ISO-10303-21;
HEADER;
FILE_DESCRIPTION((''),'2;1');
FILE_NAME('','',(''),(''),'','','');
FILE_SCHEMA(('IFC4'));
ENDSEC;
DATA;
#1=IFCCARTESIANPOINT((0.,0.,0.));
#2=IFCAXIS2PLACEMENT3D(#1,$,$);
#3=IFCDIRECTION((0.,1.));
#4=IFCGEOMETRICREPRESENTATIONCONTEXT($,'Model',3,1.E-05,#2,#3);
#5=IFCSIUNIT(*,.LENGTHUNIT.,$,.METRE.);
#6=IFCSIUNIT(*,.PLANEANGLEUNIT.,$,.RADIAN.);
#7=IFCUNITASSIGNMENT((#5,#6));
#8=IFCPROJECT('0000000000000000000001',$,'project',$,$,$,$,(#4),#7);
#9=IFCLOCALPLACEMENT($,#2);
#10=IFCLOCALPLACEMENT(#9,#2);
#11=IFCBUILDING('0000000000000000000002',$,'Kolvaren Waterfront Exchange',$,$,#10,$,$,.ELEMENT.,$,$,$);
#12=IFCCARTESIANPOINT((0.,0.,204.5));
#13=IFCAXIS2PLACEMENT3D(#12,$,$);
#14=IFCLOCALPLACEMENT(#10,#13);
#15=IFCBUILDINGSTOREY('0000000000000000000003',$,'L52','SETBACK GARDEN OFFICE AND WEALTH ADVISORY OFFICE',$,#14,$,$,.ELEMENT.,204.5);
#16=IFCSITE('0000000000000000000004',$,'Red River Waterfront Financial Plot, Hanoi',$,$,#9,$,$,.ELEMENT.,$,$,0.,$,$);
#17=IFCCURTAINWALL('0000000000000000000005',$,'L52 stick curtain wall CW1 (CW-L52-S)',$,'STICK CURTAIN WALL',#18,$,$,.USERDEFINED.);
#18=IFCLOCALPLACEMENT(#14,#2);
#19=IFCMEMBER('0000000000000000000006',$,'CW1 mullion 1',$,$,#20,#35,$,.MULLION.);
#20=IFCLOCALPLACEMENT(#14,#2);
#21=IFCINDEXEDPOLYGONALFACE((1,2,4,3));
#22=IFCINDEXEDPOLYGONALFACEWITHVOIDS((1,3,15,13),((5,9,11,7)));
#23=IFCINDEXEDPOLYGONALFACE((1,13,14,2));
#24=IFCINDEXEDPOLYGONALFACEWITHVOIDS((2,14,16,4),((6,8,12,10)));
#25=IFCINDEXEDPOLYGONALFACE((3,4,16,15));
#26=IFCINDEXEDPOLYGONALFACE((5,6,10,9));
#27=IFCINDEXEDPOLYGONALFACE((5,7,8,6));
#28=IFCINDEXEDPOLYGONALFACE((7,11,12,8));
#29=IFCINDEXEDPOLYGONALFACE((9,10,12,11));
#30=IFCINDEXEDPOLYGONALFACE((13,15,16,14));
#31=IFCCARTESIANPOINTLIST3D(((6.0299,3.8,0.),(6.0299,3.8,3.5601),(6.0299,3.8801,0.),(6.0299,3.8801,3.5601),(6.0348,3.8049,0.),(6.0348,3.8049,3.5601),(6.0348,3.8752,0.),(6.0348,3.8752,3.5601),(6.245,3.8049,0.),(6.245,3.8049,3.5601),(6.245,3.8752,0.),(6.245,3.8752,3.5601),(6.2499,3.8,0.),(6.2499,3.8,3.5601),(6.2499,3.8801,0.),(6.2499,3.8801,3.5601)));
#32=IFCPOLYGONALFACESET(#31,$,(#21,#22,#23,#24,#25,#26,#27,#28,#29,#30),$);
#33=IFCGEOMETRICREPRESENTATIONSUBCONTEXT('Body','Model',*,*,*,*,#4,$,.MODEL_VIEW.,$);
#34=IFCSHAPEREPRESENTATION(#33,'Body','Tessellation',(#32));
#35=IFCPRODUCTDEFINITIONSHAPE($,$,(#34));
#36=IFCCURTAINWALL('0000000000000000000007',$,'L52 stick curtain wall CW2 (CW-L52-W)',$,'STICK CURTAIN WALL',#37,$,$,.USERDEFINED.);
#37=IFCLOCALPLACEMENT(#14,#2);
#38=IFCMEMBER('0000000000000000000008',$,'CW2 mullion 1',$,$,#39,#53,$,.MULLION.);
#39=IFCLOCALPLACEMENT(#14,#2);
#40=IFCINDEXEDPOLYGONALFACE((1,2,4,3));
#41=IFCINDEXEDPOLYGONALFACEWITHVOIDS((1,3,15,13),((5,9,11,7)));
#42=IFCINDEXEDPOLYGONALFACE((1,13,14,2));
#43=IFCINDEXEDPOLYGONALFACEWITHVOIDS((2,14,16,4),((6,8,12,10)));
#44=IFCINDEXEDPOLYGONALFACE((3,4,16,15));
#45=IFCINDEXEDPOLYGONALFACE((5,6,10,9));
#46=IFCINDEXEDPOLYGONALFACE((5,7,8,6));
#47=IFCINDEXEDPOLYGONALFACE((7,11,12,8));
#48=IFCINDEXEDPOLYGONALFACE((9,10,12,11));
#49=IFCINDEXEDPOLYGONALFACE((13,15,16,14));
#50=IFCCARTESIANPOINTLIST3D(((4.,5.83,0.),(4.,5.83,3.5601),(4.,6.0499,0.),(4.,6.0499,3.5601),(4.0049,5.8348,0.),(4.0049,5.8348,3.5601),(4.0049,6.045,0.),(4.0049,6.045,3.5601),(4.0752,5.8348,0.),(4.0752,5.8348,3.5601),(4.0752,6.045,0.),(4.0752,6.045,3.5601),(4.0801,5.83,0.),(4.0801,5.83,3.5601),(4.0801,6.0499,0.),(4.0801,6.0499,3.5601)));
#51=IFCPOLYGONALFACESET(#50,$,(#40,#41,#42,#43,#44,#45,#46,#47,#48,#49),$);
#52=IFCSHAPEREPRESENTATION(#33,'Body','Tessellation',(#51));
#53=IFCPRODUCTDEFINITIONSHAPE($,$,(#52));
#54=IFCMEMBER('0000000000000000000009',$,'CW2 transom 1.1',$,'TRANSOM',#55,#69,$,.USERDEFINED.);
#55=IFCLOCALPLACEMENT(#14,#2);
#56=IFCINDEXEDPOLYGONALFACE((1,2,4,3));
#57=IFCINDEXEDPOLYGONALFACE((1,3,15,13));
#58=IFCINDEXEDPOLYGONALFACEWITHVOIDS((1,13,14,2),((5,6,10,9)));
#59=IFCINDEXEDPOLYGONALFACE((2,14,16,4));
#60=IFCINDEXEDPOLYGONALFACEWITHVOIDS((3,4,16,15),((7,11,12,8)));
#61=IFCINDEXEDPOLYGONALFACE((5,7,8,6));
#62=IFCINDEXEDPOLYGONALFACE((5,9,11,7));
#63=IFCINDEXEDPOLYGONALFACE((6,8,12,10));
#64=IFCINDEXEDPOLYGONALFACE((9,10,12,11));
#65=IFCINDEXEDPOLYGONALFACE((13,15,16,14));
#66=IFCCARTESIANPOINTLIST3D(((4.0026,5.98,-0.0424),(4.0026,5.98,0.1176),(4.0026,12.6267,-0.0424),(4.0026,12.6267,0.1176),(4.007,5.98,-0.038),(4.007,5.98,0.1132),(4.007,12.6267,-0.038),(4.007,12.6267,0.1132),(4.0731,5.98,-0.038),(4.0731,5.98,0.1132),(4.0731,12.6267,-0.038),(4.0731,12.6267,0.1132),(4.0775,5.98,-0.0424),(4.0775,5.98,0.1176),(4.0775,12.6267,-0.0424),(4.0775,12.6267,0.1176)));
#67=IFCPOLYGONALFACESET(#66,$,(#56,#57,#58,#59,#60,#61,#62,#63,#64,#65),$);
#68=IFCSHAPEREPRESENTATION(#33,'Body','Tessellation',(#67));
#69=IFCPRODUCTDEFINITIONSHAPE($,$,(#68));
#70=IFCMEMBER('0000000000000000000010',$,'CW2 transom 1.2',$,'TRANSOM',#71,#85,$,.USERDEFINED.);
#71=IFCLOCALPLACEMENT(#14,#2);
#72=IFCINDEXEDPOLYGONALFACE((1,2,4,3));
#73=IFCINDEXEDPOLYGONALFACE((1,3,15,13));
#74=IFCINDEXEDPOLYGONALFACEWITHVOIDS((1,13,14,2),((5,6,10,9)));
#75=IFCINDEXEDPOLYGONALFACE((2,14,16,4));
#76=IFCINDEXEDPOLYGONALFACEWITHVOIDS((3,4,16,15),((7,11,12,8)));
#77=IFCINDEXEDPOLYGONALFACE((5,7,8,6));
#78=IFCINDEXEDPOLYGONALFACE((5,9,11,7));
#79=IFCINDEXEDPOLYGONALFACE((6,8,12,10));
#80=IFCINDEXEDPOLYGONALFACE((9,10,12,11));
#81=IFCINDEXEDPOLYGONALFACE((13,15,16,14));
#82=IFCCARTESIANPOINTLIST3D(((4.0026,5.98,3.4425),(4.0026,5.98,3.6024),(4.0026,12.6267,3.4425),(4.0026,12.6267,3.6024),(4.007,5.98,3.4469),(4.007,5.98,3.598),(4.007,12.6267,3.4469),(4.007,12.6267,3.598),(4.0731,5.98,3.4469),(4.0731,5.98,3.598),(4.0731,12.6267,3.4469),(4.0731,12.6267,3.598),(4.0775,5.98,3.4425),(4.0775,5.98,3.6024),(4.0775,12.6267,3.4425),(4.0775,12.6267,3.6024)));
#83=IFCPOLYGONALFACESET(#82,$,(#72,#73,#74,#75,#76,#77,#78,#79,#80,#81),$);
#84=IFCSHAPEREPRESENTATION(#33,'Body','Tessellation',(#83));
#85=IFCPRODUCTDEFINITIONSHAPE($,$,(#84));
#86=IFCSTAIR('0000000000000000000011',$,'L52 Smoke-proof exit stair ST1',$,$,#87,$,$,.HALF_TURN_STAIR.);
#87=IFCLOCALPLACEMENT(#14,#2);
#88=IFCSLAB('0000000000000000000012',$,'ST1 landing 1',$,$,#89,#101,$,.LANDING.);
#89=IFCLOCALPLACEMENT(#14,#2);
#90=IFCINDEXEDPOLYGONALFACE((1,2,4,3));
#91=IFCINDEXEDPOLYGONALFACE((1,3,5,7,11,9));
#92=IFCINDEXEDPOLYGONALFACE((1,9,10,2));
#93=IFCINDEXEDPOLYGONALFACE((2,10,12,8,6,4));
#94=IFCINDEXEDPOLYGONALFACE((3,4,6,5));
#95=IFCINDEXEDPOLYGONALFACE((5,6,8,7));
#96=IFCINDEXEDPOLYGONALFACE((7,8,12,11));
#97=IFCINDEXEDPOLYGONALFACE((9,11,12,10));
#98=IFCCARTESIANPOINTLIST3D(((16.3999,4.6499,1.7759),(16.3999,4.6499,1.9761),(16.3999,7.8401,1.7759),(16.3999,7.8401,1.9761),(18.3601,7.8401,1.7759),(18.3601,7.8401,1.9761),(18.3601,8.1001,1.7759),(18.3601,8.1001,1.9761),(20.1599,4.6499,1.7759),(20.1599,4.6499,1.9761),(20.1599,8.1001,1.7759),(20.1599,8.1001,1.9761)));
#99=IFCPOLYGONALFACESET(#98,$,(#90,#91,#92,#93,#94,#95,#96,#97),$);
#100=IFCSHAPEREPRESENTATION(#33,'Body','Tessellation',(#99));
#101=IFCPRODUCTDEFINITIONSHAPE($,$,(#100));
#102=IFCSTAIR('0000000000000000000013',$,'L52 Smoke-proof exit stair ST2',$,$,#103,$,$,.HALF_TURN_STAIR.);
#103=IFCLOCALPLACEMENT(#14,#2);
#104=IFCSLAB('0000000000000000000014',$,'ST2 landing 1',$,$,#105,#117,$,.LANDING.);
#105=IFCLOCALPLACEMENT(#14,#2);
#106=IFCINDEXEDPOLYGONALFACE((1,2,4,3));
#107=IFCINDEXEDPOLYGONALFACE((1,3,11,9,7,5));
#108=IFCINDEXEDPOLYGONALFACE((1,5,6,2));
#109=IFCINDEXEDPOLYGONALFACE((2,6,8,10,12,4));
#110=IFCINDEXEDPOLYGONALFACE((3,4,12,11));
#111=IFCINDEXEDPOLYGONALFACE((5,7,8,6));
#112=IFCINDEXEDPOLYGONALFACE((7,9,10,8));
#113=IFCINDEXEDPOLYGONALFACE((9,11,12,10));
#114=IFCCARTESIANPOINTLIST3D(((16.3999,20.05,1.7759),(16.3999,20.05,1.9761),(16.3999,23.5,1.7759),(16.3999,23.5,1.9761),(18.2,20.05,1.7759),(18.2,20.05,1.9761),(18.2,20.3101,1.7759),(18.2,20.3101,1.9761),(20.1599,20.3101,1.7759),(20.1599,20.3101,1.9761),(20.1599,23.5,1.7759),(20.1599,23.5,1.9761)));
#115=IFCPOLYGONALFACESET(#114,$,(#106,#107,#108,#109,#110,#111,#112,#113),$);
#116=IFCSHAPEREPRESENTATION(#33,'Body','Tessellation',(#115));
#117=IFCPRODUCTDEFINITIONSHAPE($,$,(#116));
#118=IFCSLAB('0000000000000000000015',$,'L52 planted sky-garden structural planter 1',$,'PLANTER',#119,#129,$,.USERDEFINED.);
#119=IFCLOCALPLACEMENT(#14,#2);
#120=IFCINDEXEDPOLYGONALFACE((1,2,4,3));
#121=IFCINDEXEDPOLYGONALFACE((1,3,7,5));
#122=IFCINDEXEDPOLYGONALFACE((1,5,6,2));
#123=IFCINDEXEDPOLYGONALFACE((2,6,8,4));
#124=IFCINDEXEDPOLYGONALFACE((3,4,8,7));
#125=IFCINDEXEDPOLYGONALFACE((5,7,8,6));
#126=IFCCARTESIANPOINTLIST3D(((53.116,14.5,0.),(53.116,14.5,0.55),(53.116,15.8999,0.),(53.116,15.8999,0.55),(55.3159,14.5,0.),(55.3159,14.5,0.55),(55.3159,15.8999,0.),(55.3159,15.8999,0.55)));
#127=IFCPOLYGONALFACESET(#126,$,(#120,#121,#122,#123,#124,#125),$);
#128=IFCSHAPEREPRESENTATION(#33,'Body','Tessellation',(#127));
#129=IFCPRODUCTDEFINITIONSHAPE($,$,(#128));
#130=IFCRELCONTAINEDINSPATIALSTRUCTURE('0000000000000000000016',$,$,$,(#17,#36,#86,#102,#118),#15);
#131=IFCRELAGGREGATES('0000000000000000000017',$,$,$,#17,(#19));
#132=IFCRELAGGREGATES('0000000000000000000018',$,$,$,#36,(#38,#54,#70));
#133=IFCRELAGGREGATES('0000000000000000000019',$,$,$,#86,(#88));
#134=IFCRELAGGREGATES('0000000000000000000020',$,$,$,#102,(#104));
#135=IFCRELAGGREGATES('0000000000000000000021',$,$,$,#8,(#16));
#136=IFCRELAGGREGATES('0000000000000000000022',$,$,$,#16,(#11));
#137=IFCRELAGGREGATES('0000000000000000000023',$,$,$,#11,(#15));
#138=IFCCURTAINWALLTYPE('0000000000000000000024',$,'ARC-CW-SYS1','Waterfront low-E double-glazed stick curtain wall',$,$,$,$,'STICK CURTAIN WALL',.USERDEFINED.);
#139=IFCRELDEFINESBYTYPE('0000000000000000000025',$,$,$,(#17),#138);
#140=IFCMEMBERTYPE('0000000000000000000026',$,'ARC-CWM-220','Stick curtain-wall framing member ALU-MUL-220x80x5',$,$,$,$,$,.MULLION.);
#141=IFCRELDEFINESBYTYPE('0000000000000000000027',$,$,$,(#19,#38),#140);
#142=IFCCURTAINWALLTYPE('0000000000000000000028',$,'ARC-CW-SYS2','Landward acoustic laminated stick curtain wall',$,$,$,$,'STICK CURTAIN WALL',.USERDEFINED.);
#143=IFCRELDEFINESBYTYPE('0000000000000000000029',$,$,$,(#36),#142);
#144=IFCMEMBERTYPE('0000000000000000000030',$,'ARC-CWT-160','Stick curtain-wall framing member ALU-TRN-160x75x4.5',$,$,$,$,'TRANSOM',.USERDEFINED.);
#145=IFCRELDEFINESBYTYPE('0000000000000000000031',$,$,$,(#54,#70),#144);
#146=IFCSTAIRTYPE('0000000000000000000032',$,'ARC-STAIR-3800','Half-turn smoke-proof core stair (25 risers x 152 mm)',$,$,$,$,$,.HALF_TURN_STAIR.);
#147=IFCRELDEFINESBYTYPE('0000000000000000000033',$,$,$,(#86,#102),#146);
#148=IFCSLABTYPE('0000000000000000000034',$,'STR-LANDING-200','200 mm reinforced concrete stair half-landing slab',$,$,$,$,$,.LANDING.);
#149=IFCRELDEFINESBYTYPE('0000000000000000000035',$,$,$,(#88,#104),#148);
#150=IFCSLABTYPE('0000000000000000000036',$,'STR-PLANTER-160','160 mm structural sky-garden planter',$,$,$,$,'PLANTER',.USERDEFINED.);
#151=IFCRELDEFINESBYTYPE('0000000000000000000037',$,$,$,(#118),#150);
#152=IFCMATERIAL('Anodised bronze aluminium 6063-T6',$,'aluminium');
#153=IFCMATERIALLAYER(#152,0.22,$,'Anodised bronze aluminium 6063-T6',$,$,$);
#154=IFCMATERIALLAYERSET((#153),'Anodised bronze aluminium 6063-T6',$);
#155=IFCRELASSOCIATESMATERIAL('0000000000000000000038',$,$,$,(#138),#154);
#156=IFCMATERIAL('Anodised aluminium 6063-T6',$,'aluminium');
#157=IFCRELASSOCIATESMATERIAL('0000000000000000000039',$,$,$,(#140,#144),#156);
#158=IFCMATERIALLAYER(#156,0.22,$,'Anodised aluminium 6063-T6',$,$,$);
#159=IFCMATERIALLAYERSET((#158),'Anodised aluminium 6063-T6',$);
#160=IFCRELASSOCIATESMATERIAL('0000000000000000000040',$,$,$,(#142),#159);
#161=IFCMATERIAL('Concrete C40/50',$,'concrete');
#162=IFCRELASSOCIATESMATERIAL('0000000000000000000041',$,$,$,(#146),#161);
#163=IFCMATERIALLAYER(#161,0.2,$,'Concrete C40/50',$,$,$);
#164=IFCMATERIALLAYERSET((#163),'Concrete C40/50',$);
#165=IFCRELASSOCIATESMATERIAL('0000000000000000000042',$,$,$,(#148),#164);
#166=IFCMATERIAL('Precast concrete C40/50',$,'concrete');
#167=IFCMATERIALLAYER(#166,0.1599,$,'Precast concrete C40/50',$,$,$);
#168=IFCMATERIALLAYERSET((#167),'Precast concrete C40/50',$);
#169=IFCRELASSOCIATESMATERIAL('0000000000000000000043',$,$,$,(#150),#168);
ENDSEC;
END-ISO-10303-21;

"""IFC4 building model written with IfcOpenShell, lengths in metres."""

from ifc_helpers import new_model, si_unit, direction, frame, origin, origin_with_axes, origin_2d, place, context, subcontext, project, spatial, polyline, hollow_rectangle, outline, extrude, source, transform, mapped, material, layer, layer_set, material_profile, profile_set, type_object, element, aggregate, save


model = new_model("IFC4")

# Units and contexts
model_context = context("Model", 3, precision=1e-05, world=origin(), true_north=direction((0.0, 1.0)))
body_context = subcontext(model_context, "Body", "Model", "MODEL_VIEW")
ifc_project = project(units=[si_unit("LENGTHUNIT", "METRE"), si_unit("PLANEANGLEUNIT", "RADIAN")], contexts=[model_context])

# Site, building, storey
site_placement = place(None, origin())
site = spatial("IfcSite", under=ifc_project, at=site_placement, Name="Red River Waterfront Financial Plot, Hanoi", CompositionType="ELEMENT", RefElevation=0.0)
building_placement = place(site_placement, origin())
building = spatial("IfcBuilding", under=site, at=building_placement, Name="Kolvaren Waterfront Exchange", CompositionType="ELEMENT")
storey_placement = place(building_placement, frame((0.0, 0.0, 204.5)))
storey = spatial("IfcBuildingStorey", under=building, at=storey_placement, Name="L52", Description="SETBACK GARDEN OFFICE AND WEALTH ADVISORY OFFICE", CompositionType="ELEMENT", Elevation=204.5)

# Curtain wall, member
ifc_material_1 = material(Name="Anodised bronze aluminium 6063-T6", Category="aluminium")
ifc_layer_1 = layer(ifc_material_1, 0.22, Name="Anodised bronze aluminium 6063-T6")
ifc_layer_set_1 = layer_set([ifc_layer_1], Name="Anodised bronze aluminium 6063-T6")
curtain_wall_type_1 = type_object("IfcCurtainWallType", Name="ARC-CW-SYS1", Description="Waterfront low-E double-glazed stick curtain wall", ElementType="STICK CURTAIN WALL", PredefinedType="USERDEFINED", material=ifc_layer_set_1)
curtain_wall_1_placement = place(storey_placement, origin())
curtain_wall_1 = element("IfcCurtainWall", 1, at=curtain_wall_1_placement, inside=storey, type_object=curtain_wall_type_1, Name="L52 stick curtain wall CW1 (CW-L52-S)", ObjectType="STICK CURTAIN WALL", PredefinedType="USERDEFINED")
ifc_material_2 = material(Name="Anodised aluminium 6063-T6", Category="aluminium")
ifc_material_profile_1 = material_profile(ifc_material_2, hollow_rectangle(XDim=0.0801, YDim=0.22, WallThickness=0.0049, at=origin_2d()), Name="ALU-MUL-220x80x5")
ifc_profile_set_1 = profile_set([ifc_material_profile_1], Name="Anodised aluminium 6063-T6")
member_type_1 = type_object("IfcMemberType", Name="ARC-CWM-220", Description="Stick curtain-wall framing member ALU-MUL-220x80x5", PredefinedType="MULLION", material=ifc_profile_set_1)
shared_shape_1 = source(origin_with_axes(), body_context, "Body", "SweptSolid", [
    extrude(hollow_rectangle(XDim=0.0801, YDim=0.22, WallThickness=0.0049, at=origin_2d()), origin(), (0.0, 0.0, 1.0), 3.5601),
])
member_1_placement = place(storey_placement, frame((6.1399, 3.8401, 0.0), z_axis=(0.0, 0.0, 1.0), x_axis=(0.0, 1.0, 0.0)))
member_1 = element("IfcMember", 2, at=member_1_placement, type_object=member_type_1, Name="CW1 mullion 1", PredefinedType="MULLION", context=body_context, shape_type="MappedRepresentation", body=[
    mapped(shared_shape_1, transform((0.0, 0.0, 0.0), x_axis=(1.0, 0.0, 0.0), y_axis=(0.0, 1.0, 0.0), z_axis=(0.0, 0.0, 1.0), scale=1.0)),
])
aggregate(curtain_wall_1, [member_1])

# Curtain wall, members
ifc_layer_2 = layer(ifc_material_2, 0.22, Name="Anodised aluminium 6063-T6")
ifc_layer_set_2 = layer_set([ifc_layer_2], Name="Anodised aluminium 6063-T6")
curtain_wall_type_2 = type_object("IfcCurtainWallType", Name="ARC-CW-SYS2", Description="Landward acoustic laminated stick curtain wall", ElementType="STICK CURTAIN WALL", PredefinedType="USERDEFINED", material=ifc_layer_set_2)
curtain_wall_2_placement = place(storey_placement, origin())
curtain_wall_2 = element("IfcCurtainWall", 3, at=curtain_wall_2_placement, inside=storey, type_object=curtain_wall_type_2, Name="L52 stick curtain wall CW2 (CW-L52-W)", ObjectType="STICK CURTAIN WALL", PredefinedType="USERDEFINED")
member_2_placement = place(storey_placement, frame((4.04, 5.9399, 0.0), z_axis=(0.0, 0.0, 1.0), x_axis=(-1.0, 0.0, 0.0)))
member_2 = element("IfcMember", 4, at=member_2_placement, type_object=member_type_1, Name="CW2 mullion 1", PredefinedType="MULLION", context=body_context, shape_type="MappedRepresentation", body=[
    mapped(shared_shape_1, transform((0.0, 0.0, 0.0), x_axis=(1.0, 0.0, 0.0), y_axis=(0.0, 1.0, 0.0), z_axis=(0.0, 0.0, 1.0), scale=1.0)),
])
ifc_material_profile_2 = material_profile(ifc_material_2, hollow_rectangle(XDim=0.075, YDim=0.1599, WallThickness=0.0044, at=origin_2d()), Name="ALU-TRN-160x75x4.5")
ifc_profile_set_2 = profile_set([ifc_material_profile_2], Name="Anodised aluminium 6063-T6")
member_type_2 = type_object("IfcMemberType", Name="ARC-CWT-160", Description="Stick curtain-wall framing member ALU-TRN-160x75x4.5", ElementType="TRANSOM", PredefinedType="USERDEFINED", material=ifc_profile_set_2)
shared_shape_2 = source(origin_with_axes(), body_context, "Body", "SweptSolid", [
    extrude(hollow_rectangle(XDim=0.075, YDim=0.1599, WallThickness=0.0044, at=origin_2d()), origin(), (0.0, 0.0, 1.0), 6.6467),
])
member_3_placement = place(storey_placement, frame((4.04, 5.98, 0.0376), z_axis=(0.0, 1.0, 0.0), x_axis=(-1.0, 0.0, 0.0)))
member_3 = element("IfcMember", 5, at=member_3_placement, type_object=member_type_2, Name="CW2 transom 1.1", ObjectType="TRANSOM", PredefinedType="USERDEFINED", context=body_context, shape_type="MappedRepresentation", body=[
    mapped(shared_shape_2, transform((0.0, 0.0, 0.0), x_axis=(1.0, 0.0, 0.0), y_axis=(0.0, 1.0, 0.0), z_axis=(0.0, 0.0, 1.0), scale=1.0)),
])
member_4_placement = place(storey_placement, frame((4.04, 5.98, 3.5225), z_axis=(0.0, 1.0, 0.0), x_axis=(-1.0, 0.0, 0.0)))
member_4 = element("IfcMember", 6, at=member_4_placement, type_object=member_type_2, Name="CW2 transom 1.2", ObjectType="TRANSOM", PredefinedType="USERDEFINED", context=body_context, shape_type="MappedRepresentation", body=[
    mapped(shared_shape_2, transform((0.0, 0.0, 0.0), x_axis=(1.0, 0.0, 0.0), y_axis=(0.0, 1.0, 0.0), z_axis=(0.0, 0.0, 1.0), scale=1.0)),
])
aggregate(curtain_wall_2, [member_2, member_3, member_4])

# Stairs, slabs
ifc_material_3 = material(Name="Concrete C40/50", Category="concrete")
stair_type = type_object("IfcStairType", Name="ARC-STAIR-3800", Description="Half-turn smoke-proof core stair (25 risers x 152 mm)", PredefinedType="HALF_TURN_STAIR", material=ifc_material_3)
stair_1_placement = place(storey_placement, origin())
stair_1 = element("IfcStair", 7, at=stair_1_placement, inside=storey, type_object=stair_type, Name="L52 Smoke-proof exit stair ST1", PredefinedType="HALF_TURN_STAIR")
ifc_layer_3 = layer(ifc_material_3, 0.2, Name="Concrete C40/50")
ifc_layer_set_3 = layer_set([ifc_layer_3], Name="Concrete C40/50")
slab_type_1 = type_object("IfcSlabType", Name="STR-LANDING-200", Description="200 mm reinforced concrete stair half-landing slab", PredefinedType="LANDING", material=ifc_layer_set_3)
slab_1_placement = place(storey_placement, frame((0.0, 0.0, 1.7759)))
slab_1 = element("IfcSlab", 8, at=slab_1_placement, type_object=slab_type_1, Name="ST1 landing 1", PredefinedType="LANDING", context=body_context, shape_type="SweptSolid", body=[
    extrude(outline(polyline([(16.3999, 7.8401), (16.3999, 4.6499), (20.1599, 4.6499), (20.1599, 8.1001), (18.3601, 8.1001), (18.3601, 7.8401), (16.3999, 7.8401)])), origin(), (0.0, 0.0, 1.0), 0.2002),
])
aggregate(stair_1, [slab_1])
stair_2_placement = place(storey_placement, origin())
stair_2 = element("IfcStair", 9, at=stair_2_placement, inside=storey, type_object=stair_type, Name="L52 Smoke-proof exit stair ST2", PredefinedType="HALF_TURN_STAIR")
slab_2_placement = place(storey_placement, frame((0.0, 0.0, 1.7759)))
slab_2 = element("IfcSlab", 10, at=slab_2_placement, type_object=slab_type_1, Name="ST2 landing 1", PredefinedType="LANDING", context=body_context, shape_type="SweptSolid", body=[
    extrude(outline(polyline([(20.1599, 20.3101), (20.1599, 23.5), (16.3999, 23.5), (16.3999, 20.05), (18.2, 20.05), (18.2, 20.3101), (20.1599, 20.3101)])), origin(), (0.0, 0.0, 1.0), 0.2002),
])
aggregate(stair_2, [slab_2])

# Slab
ifc_material_4 = material(Name="Precast concrete C40/50", Category="concrete")
ifc_layer_4 = layer(ifc_material_4, 0.1599, Name="Precast concrete C40/50")
ifc_layer_set_4 = layer_set([ifc_layer_4], Name="Precast concrete C40/50")
slab_type_2 = type_object("IfcSlabType", Name="STR-PLANTER-160", Description="160 mm structural sky-garden planter", ElementType="PLANTER", PredefinedType="USERDEFINED", material=ifc_layer_set_4)
slab_3_placement = place(storey_placement, origin())
element("IfcSlab", 11, at=slab_3_placement, inside=storey, type_object=slab_type_2, Name="L52 planted sky-garden structural planter 1", ObjectType="PLANTER", PredefinedType="USERDEFINED", context=body_context, shape_type="SweptSolid", body=[
    extrude(outline(polyline([(53.116, 14.5), (55.3159, 14.5), (55.3159, 15.8999), (53.116, 15.8999), (53.116, 14.5)])), origin(), (0.0, 0.0, 1.0), 0.55),
])

save(model, "model.ifc")
